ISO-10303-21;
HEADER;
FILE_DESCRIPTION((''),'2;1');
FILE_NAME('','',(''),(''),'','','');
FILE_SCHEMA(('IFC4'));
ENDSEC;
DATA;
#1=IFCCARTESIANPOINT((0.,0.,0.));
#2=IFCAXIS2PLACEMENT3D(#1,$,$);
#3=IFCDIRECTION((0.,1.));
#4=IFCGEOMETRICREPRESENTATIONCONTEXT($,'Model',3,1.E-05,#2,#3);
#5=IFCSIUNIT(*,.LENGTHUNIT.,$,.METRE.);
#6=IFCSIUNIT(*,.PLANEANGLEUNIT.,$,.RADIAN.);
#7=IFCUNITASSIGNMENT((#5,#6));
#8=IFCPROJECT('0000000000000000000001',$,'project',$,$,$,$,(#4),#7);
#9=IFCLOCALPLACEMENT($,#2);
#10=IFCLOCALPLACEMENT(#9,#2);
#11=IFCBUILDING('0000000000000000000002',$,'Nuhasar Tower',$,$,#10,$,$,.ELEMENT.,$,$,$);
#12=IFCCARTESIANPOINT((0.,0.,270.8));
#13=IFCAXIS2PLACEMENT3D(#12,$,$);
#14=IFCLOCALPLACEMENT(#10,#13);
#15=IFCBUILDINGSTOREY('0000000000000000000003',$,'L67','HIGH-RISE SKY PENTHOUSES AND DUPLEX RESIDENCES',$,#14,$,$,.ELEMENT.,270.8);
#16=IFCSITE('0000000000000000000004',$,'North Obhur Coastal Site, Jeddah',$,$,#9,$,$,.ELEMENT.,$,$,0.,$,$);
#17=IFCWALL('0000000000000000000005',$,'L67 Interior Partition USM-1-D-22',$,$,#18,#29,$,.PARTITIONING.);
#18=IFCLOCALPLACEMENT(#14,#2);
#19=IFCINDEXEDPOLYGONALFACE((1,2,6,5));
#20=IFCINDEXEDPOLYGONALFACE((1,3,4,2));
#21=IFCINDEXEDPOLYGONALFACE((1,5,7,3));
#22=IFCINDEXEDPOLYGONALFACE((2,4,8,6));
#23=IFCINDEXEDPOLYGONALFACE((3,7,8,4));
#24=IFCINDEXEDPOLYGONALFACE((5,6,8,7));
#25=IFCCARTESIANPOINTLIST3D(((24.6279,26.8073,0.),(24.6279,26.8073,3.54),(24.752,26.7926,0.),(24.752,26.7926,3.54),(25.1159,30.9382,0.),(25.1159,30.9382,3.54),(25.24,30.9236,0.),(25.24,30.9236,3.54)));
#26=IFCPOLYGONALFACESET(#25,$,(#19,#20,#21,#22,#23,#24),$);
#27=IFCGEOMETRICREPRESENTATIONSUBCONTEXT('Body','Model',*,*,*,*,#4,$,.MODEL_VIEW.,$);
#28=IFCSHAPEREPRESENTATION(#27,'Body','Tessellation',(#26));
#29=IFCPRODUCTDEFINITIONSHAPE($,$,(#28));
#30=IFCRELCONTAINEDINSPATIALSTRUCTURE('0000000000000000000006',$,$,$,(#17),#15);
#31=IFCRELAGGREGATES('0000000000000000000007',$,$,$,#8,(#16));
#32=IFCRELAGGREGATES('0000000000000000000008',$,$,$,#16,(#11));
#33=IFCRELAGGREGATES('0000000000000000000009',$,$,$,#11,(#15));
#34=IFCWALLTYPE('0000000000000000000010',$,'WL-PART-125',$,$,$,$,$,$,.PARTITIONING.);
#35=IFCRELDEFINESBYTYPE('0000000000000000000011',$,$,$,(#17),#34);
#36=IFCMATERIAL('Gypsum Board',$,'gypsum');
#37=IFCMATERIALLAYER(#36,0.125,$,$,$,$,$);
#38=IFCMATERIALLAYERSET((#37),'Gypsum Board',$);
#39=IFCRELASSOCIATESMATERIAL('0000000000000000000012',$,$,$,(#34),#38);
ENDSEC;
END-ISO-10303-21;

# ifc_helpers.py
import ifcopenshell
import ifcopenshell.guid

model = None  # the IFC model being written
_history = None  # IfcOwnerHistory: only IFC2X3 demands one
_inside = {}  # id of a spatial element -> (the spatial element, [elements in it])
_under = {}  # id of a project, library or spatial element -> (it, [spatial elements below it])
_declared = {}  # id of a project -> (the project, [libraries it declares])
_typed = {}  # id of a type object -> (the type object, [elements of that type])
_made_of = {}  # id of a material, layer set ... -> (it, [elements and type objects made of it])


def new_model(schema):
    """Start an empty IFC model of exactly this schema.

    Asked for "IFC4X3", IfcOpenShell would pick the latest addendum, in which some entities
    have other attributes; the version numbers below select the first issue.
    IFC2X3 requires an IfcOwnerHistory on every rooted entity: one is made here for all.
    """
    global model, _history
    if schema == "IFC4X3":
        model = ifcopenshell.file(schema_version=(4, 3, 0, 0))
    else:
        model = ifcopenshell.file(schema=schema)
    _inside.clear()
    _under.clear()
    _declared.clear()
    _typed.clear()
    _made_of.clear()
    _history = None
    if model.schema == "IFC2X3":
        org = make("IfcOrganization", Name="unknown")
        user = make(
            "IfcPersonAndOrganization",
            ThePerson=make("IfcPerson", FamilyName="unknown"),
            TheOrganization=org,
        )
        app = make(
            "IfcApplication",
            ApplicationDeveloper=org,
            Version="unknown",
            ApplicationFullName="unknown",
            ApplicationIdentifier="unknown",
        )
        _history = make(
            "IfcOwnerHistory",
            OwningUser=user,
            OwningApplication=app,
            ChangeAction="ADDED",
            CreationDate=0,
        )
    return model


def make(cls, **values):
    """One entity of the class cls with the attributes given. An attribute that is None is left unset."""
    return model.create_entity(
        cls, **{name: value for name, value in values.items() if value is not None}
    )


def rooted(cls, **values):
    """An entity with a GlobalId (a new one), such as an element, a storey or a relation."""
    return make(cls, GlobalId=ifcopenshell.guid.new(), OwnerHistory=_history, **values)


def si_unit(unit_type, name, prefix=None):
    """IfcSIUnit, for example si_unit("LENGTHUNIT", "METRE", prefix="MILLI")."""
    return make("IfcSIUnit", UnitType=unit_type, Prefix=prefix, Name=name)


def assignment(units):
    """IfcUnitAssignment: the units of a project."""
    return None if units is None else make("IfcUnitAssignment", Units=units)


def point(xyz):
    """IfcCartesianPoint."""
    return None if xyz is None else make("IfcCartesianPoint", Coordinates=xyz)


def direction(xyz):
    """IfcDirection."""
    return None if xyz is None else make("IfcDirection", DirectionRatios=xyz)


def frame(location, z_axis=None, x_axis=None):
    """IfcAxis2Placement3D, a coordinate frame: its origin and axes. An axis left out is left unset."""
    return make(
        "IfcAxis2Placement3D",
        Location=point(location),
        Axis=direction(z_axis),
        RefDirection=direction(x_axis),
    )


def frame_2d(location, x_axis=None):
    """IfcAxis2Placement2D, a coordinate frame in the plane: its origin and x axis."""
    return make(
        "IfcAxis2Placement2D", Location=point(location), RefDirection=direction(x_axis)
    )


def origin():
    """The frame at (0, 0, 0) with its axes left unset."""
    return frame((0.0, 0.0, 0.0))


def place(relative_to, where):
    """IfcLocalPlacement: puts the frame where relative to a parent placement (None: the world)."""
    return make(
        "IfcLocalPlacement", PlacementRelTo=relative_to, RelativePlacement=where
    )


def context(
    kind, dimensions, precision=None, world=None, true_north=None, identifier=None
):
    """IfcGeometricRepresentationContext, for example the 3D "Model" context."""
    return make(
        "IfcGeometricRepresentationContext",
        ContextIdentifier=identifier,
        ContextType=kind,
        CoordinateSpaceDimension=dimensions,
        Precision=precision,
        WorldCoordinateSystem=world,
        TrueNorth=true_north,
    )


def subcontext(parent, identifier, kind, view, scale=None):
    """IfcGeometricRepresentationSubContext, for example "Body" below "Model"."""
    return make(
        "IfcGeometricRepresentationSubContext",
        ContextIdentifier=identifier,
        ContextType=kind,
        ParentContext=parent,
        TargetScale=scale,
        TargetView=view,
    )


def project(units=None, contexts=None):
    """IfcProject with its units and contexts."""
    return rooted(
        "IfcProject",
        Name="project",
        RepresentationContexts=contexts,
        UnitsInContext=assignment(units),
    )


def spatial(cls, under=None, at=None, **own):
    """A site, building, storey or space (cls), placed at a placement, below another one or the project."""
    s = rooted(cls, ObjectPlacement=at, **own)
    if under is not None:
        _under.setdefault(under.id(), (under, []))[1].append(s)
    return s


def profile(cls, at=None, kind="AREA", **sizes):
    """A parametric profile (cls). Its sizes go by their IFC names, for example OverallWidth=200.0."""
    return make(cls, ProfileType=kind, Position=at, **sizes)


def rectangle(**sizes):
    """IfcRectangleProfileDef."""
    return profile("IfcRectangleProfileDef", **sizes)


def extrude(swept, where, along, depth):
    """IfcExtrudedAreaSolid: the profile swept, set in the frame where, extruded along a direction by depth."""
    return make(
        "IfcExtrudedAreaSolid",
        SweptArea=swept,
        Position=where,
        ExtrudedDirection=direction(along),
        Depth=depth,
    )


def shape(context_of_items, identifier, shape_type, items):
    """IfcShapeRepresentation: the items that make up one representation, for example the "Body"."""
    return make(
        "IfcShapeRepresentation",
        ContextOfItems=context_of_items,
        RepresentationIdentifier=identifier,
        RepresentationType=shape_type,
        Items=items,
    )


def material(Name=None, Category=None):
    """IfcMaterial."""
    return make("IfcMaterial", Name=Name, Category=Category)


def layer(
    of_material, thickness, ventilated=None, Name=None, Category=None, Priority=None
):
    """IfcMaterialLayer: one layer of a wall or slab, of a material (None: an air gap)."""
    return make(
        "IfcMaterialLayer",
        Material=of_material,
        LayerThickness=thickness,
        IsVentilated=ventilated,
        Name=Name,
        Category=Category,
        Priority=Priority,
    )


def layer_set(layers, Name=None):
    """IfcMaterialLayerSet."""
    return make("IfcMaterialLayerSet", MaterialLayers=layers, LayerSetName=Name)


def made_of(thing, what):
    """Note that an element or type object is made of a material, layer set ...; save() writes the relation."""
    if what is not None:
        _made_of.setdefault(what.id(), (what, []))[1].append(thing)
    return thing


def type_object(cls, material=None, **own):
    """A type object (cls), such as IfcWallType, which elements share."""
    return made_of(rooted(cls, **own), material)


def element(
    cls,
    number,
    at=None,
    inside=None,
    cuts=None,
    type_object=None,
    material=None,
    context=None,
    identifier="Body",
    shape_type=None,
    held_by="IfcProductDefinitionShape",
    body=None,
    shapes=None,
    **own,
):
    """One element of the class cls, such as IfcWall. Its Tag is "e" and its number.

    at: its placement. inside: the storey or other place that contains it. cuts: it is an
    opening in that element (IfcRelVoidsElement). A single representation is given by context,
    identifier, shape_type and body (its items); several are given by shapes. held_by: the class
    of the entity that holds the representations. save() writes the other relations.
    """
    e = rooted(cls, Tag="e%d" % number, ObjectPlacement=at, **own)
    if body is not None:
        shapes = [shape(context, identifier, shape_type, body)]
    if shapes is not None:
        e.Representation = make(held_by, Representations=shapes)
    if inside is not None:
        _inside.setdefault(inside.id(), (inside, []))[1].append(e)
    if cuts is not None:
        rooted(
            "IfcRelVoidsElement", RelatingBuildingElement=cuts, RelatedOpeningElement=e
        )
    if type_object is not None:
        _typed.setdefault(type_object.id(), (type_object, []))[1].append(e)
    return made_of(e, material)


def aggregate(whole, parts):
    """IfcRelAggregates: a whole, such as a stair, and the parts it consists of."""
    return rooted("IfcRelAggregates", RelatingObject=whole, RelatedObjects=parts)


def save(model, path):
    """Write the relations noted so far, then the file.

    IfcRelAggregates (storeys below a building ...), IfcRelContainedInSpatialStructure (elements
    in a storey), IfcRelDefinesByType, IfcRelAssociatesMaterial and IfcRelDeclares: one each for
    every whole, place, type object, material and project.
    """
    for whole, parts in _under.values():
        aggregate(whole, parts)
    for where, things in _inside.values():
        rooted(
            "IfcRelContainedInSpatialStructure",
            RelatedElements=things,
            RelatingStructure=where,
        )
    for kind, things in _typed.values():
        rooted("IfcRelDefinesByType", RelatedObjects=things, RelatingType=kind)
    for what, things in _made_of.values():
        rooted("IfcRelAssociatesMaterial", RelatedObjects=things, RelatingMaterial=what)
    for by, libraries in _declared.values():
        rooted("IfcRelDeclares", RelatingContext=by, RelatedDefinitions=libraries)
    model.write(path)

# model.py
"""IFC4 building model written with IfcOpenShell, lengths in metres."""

from ifc_helpers import new_model, si_unit, direction, frame, frame_2d, origin, place, context, subcontext, project, spatial, rectangle, extrude, material, layer, layer_set, type_object, element, save


model = new_model("IFC4")

# Units and contexts
model_context = context("Model", 3, precision=1e-05, world=origin(), true_north=direction((0.0, 1.0)))
body_context = subcontext(model_context, "Body", "Model", "MODEL_VIEW")
ifc_project = project(units=[si_unit("LENGTHUNIT", "METRE"), si_unit("PLANEANGLEUNIT", "RADIAN")], contexts=[model_context])

# Site, building, storey
site_placement = place(None, origin())
site = spatial("IfcSite", under=ifc_project, at=site_placement, Name="North Obhur Coastal Site, Jeddah", CompositionType="ELEMENT", RefElevation=0.0)
building_placement = place(site_placement, origin())
building = spatial("IfcBuilding", under=site, at=building_placement, Name="Nuhasar Tower", CompositionType="ELEMENT")
storey_placement = place(building_placement, frame((0.0, 0.0, 270.8)))
storey = spatial("IfcBuildingStorey", under=building, at=storey_placement, Name="L67", Description="HIGH-RISE SKY PENTHOUSES AND DUPLEX RESIDENCES", CompositionType="ELEMENT", Elevation=270.8)

# Wall
ifc_material_1 = material(Name="Gypsum Board", Category="gypsum")
ifc_layer_1 = layer(ifc_material_1, 0.125)
ifc_layer_set_1 = layer_set([ifc_layer_1], Name="Gypsum Board")
wall_type = type_object("IfcWallType", Name="WL-PART-125", PredefinedType="PARTITIONING", material=ifc_layer_set_1)
wall_placement = place(storey_placement, frame((25.178, 30.9309, 0.0), z_axis=(0.0, 0.0, 1.0), x_axis=(-0.117328, -0.993093, 0.0)))
element("IfcWall", 1, at=wall_placement, inside=storey, type_object=wall_type, Name="L67 Interior Partition USM-1-D-22", PredefinedType="PARTITIONING", context=body_context, shape_type="SweptSolid", body=[
    extrude(rectangle(XDim=4.1597, YDim=0.125, at=frame_2d((2.0798, 0.0))), origin(), (0.0, 0.0, 1.0), 3.54),
])

save(model, "model.ifc")
